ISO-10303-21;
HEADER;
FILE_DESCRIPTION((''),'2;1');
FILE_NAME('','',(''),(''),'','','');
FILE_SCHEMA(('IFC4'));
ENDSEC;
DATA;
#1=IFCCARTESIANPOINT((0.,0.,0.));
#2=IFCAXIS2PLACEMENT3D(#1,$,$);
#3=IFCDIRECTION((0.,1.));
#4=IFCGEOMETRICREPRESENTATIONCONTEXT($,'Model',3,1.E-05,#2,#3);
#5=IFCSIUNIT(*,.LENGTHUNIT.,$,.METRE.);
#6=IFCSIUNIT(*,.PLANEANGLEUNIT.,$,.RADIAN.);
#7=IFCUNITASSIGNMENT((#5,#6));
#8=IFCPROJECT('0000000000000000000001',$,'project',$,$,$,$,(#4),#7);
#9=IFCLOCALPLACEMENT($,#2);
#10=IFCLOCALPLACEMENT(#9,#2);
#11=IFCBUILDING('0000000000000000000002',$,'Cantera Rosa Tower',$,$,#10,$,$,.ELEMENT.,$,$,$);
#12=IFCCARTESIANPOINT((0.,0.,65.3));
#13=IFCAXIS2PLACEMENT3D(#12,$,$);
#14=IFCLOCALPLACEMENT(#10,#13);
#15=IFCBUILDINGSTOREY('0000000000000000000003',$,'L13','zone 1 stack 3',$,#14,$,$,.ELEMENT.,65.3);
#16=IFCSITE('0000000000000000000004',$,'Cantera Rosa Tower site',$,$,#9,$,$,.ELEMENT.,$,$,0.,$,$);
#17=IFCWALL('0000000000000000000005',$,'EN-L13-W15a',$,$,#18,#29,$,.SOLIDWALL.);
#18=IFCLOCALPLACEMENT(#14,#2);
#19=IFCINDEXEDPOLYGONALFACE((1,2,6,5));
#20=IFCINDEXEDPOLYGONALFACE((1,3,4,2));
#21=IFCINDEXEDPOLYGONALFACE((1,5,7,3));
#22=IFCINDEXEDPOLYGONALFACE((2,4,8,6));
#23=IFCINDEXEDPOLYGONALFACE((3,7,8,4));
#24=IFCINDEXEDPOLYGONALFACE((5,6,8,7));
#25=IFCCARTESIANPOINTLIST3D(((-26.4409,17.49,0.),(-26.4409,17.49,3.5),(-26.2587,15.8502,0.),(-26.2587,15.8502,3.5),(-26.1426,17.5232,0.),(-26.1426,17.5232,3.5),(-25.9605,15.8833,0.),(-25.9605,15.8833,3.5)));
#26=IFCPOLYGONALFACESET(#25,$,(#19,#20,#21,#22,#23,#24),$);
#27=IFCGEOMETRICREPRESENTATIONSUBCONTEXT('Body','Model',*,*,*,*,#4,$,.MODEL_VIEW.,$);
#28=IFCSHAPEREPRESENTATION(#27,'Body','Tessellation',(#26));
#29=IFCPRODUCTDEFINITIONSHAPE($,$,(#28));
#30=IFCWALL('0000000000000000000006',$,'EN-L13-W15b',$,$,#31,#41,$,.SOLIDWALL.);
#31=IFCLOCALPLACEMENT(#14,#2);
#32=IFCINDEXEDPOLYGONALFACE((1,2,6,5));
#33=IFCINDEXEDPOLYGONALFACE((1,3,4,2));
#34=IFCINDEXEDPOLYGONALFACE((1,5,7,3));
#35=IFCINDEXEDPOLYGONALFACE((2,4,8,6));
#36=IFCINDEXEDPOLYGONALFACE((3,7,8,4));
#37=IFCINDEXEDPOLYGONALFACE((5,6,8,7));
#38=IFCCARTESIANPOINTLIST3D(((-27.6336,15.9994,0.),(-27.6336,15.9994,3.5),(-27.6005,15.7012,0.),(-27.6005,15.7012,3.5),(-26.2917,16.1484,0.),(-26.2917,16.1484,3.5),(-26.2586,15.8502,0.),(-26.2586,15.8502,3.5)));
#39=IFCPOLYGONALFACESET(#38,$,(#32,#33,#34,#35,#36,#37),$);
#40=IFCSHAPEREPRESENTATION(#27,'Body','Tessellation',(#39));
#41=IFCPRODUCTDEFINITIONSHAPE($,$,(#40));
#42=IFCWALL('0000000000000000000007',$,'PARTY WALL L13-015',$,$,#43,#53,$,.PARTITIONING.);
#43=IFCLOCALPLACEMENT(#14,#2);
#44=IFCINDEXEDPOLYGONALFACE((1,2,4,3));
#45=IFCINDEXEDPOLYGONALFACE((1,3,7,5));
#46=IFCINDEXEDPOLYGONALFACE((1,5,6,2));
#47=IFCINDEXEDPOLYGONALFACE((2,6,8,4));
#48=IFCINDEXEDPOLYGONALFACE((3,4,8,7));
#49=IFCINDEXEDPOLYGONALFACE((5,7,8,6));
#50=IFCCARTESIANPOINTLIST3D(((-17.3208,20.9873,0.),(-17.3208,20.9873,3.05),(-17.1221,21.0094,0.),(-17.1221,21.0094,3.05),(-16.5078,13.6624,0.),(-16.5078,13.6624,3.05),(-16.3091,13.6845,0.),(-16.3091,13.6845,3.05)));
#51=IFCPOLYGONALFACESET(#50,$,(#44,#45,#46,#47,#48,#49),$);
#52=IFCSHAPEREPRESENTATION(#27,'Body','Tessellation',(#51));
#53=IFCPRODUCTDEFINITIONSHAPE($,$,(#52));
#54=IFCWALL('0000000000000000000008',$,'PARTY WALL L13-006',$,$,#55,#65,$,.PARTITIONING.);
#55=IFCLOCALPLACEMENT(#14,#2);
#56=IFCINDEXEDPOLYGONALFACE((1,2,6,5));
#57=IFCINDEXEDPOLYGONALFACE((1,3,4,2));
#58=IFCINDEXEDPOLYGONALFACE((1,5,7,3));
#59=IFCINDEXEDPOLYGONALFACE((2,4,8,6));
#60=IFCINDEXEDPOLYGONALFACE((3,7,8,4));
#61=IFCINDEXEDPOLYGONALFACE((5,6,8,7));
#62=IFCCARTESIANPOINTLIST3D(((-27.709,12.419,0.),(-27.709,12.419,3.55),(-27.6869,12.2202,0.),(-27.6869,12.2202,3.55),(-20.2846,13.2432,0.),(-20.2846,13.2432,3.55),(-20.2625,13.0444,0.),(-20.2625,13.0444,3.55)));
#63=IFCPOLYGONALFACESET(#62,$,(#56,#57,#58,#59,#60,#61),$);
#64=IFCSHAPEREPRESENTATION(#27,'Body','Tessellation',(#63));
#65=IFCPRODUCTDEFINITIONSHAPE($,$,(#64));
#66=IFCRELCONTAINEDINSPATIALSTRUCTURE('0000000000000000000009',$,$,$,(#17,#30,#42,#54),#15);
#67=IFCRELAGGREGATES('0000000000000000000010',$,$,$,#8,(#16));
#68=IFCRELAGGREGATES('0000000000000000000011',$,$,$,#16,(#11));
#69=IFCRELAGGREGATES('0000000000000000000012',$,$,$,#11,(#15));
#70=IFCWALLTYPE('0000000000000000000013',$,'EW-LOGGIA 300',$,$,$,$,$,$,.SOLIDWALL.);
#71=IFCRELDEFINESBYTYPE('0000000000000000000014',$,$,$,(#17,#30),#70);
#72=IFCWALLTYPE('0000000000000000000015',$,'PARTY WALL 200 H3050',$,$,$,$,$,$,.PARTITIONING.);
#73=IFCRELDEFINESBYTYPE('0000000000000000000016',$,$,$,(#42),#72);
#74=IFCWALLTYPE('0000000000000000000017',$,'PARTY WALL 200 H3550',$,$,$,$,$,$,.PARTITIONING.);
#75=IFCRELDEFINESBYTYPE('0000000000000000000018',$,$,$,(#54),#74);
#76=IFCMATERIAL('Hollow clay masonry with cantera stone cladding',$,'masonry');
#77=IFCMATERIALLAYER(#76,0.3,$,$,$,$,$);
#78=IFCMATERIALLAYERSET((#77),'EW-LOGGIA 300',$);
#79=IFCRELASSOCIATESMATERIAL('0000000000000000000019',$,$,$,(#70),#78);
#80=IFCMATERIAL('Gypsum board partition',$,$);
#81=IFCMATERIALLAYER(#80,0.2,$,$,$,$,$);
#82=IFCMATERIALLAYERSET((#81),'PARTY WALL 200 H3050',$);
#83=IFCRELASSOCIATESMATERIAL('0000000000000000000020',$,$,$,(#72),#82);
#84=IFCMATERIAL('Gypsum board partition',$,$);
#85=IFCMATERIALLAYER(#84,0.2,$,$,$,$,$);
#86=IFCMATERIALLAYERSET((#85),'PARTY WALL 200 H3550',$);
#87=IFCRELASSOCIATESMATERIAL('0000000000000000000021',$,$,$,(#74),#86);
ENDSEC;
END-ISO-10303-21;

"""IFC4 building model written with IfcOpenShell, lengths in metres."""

from ifc_helpers import new_model, si_unit, direction, frame, frame_2d, origin, place, context, subcontext, project, spatial, rectangle, extrude, material, layer, layer_set, type_object, element, save


model = new_model("IFC4")

# Units and contexts
model_context = context("Model", 3, precision=1e-05, world=origin(), true_north=direction((0.0, 1.0)))
body_context = subcontext(model_context, "Body", "Model", "MODEL_VIEW")
ifc_project = project(units=[si_unit("LENGTHUNIT", "METRE"), si_unit("PLANEANGLEUNIT", "RADIAN")], contexts=[model_context])

# Site, building, storey
site_placement = place(None, origin())
site = spatial("IfcSite", under=ifc_project, at=site_placement, Name="Cantera Rosa Tower site", CompositionType="ELEMENT", RefElevation=0.0)
building_placement = place(site_placement, origin())
building = spatial("IfcBuilding", under=site, at=building_placement, Name="Cantera Rosa Tower", CompositionType="ELEMENT")
storey_placement = place(building_placement, frame((0.0, 0.0, 65.3)))
storey = spatial("IfcBuildingStorey", under=building, at=storey_placement, Name="L13", Description="zone 1 stack 3", CompositionType="ELEMENT", Elevation=65.3)

# Walls
ifc_material_1 = material(Name="Hollow clay masonry with cantera stone cladding", Category="masonry")
ifc_layer_1 = layer(ifc_material_1, 0.3)
ifc_layer_set_1 = layer_set([ifc_layer_1], Name="EW-LOGGIA 300")
wall_type_1 = type_object("IfcWallType", Name="EW-LOGGIA 300", PredefinedType="SOLIDWALL", material=ifc_layer_set_1)
wall_1_placement = place(storey_placement, frame((-26.2917, 17.5066, 0.0), z_axis=(0.0, 0.0, 1.0), x_axis=(0.110383, -0.993889, 0.0)))
element("IfcWall", 1, at=wall_1_placement, inside=storey, type_object=wall_type_1, Name="EN-L13-W15a", PredefinedType="SOLIDWALL", context=body_context, shape_type="SweptSolid", body=[
    extrude(rectangle(XDim=1.6499, YDim=0.3, at=frame_2d((0.825, 0.0))), origin(), (0.0, 0.0, 1.0), 3.5),
])
wall_2_placement = place(storey_placement, frame((-26.2751, 15.9993, 0.0), z_axis=(0.0, 0.0, 1.0), x_axis=(-0.993897, -0.110312, 0.0)))
element("IfcWall", 2, at=wall_2_placement, inside=storey, type_object=wall_type_1, Name="EN-L13-W15b", PredefinedType="SOLIDWALL", context=body_context, shape_type="SweptSolid", body=[
    extrude(rectangle(XDim=1.3501, YDim=0.3, at=frame_2d((0.675, 0.0))), origin(), (0.0, 0.0, 1.0), 3.5),
])

# Walls
ifc_material_2 = material(Name="Gypsum board partition")
ifc_layer_2 = layer(ifc_material_2, 0.2)
ifc_layer_set_2 = layer_set([ifc_layer_2], Name="PARTY WALL 200 H3050")
wall_type_2 = type_object("IfcWallType", Name="PARTY WALL 200 H3050", PredefinedType="PARTITIONING", material=ifc_layer_set_2)
wall_3_placement = place(storey_placement, frame((-16.4084, 13.6733, 0.0), z_axis=(0.0, 0.0, 1.0), x_axis=(-0.110312, 0.993897, 0.0)))
element("IfcWall", 3, at=wall_3_placement, inside=storey, type_object=wall_type_2, Name="PARTY WALL L13-015", PredefinedType="PARTITIONING", context=body_context, shape_type="SweptSolid", body=[
    extrude(rectangle(XDim=7.3699, YDim=0.2, at=frame_2d((3.6851, 0.0))), origin(), (0.0, 0.0, 1.0), 3.05),
])
ifc_material_3 = material(Name="Gypsum board partition")
ifc_layer_3 = layer(ifc_material_3, 0.2)
ifc_layer_set_3 = layer_set([ifc_layer_3], Name="PARTY WALL 200 H3550")
wall_type_3 = type_object("IfcWallType", Name="PARTY WALL 200 H3550", PredefinedType="PARTITIONING", material=ifc_layer_set_3)
wall_4_placement = place(storey_placement, frame((-20.2737, 13.1438, 0.0), z_axis=(0.0, 0.0, 1.0), x_axis=(-0.993894, -0.110338, 0.0)))
element("IfcWall", 4, at=wall_4_placement, inside=storey, type_object=wall_type_3, Name="PARTY WALL L13-006", PredefinedType="PARTITIONING", context=body_context, shape_type="SweptSolid", body=[
    extrude(rectangle(XDim=7.47, YDim=0.2, at=frame_2d((3.7349, 0.0))), origin(), (0.0, 0.0, 1.0), 3.55),
])

save(model, "model.ifc")
